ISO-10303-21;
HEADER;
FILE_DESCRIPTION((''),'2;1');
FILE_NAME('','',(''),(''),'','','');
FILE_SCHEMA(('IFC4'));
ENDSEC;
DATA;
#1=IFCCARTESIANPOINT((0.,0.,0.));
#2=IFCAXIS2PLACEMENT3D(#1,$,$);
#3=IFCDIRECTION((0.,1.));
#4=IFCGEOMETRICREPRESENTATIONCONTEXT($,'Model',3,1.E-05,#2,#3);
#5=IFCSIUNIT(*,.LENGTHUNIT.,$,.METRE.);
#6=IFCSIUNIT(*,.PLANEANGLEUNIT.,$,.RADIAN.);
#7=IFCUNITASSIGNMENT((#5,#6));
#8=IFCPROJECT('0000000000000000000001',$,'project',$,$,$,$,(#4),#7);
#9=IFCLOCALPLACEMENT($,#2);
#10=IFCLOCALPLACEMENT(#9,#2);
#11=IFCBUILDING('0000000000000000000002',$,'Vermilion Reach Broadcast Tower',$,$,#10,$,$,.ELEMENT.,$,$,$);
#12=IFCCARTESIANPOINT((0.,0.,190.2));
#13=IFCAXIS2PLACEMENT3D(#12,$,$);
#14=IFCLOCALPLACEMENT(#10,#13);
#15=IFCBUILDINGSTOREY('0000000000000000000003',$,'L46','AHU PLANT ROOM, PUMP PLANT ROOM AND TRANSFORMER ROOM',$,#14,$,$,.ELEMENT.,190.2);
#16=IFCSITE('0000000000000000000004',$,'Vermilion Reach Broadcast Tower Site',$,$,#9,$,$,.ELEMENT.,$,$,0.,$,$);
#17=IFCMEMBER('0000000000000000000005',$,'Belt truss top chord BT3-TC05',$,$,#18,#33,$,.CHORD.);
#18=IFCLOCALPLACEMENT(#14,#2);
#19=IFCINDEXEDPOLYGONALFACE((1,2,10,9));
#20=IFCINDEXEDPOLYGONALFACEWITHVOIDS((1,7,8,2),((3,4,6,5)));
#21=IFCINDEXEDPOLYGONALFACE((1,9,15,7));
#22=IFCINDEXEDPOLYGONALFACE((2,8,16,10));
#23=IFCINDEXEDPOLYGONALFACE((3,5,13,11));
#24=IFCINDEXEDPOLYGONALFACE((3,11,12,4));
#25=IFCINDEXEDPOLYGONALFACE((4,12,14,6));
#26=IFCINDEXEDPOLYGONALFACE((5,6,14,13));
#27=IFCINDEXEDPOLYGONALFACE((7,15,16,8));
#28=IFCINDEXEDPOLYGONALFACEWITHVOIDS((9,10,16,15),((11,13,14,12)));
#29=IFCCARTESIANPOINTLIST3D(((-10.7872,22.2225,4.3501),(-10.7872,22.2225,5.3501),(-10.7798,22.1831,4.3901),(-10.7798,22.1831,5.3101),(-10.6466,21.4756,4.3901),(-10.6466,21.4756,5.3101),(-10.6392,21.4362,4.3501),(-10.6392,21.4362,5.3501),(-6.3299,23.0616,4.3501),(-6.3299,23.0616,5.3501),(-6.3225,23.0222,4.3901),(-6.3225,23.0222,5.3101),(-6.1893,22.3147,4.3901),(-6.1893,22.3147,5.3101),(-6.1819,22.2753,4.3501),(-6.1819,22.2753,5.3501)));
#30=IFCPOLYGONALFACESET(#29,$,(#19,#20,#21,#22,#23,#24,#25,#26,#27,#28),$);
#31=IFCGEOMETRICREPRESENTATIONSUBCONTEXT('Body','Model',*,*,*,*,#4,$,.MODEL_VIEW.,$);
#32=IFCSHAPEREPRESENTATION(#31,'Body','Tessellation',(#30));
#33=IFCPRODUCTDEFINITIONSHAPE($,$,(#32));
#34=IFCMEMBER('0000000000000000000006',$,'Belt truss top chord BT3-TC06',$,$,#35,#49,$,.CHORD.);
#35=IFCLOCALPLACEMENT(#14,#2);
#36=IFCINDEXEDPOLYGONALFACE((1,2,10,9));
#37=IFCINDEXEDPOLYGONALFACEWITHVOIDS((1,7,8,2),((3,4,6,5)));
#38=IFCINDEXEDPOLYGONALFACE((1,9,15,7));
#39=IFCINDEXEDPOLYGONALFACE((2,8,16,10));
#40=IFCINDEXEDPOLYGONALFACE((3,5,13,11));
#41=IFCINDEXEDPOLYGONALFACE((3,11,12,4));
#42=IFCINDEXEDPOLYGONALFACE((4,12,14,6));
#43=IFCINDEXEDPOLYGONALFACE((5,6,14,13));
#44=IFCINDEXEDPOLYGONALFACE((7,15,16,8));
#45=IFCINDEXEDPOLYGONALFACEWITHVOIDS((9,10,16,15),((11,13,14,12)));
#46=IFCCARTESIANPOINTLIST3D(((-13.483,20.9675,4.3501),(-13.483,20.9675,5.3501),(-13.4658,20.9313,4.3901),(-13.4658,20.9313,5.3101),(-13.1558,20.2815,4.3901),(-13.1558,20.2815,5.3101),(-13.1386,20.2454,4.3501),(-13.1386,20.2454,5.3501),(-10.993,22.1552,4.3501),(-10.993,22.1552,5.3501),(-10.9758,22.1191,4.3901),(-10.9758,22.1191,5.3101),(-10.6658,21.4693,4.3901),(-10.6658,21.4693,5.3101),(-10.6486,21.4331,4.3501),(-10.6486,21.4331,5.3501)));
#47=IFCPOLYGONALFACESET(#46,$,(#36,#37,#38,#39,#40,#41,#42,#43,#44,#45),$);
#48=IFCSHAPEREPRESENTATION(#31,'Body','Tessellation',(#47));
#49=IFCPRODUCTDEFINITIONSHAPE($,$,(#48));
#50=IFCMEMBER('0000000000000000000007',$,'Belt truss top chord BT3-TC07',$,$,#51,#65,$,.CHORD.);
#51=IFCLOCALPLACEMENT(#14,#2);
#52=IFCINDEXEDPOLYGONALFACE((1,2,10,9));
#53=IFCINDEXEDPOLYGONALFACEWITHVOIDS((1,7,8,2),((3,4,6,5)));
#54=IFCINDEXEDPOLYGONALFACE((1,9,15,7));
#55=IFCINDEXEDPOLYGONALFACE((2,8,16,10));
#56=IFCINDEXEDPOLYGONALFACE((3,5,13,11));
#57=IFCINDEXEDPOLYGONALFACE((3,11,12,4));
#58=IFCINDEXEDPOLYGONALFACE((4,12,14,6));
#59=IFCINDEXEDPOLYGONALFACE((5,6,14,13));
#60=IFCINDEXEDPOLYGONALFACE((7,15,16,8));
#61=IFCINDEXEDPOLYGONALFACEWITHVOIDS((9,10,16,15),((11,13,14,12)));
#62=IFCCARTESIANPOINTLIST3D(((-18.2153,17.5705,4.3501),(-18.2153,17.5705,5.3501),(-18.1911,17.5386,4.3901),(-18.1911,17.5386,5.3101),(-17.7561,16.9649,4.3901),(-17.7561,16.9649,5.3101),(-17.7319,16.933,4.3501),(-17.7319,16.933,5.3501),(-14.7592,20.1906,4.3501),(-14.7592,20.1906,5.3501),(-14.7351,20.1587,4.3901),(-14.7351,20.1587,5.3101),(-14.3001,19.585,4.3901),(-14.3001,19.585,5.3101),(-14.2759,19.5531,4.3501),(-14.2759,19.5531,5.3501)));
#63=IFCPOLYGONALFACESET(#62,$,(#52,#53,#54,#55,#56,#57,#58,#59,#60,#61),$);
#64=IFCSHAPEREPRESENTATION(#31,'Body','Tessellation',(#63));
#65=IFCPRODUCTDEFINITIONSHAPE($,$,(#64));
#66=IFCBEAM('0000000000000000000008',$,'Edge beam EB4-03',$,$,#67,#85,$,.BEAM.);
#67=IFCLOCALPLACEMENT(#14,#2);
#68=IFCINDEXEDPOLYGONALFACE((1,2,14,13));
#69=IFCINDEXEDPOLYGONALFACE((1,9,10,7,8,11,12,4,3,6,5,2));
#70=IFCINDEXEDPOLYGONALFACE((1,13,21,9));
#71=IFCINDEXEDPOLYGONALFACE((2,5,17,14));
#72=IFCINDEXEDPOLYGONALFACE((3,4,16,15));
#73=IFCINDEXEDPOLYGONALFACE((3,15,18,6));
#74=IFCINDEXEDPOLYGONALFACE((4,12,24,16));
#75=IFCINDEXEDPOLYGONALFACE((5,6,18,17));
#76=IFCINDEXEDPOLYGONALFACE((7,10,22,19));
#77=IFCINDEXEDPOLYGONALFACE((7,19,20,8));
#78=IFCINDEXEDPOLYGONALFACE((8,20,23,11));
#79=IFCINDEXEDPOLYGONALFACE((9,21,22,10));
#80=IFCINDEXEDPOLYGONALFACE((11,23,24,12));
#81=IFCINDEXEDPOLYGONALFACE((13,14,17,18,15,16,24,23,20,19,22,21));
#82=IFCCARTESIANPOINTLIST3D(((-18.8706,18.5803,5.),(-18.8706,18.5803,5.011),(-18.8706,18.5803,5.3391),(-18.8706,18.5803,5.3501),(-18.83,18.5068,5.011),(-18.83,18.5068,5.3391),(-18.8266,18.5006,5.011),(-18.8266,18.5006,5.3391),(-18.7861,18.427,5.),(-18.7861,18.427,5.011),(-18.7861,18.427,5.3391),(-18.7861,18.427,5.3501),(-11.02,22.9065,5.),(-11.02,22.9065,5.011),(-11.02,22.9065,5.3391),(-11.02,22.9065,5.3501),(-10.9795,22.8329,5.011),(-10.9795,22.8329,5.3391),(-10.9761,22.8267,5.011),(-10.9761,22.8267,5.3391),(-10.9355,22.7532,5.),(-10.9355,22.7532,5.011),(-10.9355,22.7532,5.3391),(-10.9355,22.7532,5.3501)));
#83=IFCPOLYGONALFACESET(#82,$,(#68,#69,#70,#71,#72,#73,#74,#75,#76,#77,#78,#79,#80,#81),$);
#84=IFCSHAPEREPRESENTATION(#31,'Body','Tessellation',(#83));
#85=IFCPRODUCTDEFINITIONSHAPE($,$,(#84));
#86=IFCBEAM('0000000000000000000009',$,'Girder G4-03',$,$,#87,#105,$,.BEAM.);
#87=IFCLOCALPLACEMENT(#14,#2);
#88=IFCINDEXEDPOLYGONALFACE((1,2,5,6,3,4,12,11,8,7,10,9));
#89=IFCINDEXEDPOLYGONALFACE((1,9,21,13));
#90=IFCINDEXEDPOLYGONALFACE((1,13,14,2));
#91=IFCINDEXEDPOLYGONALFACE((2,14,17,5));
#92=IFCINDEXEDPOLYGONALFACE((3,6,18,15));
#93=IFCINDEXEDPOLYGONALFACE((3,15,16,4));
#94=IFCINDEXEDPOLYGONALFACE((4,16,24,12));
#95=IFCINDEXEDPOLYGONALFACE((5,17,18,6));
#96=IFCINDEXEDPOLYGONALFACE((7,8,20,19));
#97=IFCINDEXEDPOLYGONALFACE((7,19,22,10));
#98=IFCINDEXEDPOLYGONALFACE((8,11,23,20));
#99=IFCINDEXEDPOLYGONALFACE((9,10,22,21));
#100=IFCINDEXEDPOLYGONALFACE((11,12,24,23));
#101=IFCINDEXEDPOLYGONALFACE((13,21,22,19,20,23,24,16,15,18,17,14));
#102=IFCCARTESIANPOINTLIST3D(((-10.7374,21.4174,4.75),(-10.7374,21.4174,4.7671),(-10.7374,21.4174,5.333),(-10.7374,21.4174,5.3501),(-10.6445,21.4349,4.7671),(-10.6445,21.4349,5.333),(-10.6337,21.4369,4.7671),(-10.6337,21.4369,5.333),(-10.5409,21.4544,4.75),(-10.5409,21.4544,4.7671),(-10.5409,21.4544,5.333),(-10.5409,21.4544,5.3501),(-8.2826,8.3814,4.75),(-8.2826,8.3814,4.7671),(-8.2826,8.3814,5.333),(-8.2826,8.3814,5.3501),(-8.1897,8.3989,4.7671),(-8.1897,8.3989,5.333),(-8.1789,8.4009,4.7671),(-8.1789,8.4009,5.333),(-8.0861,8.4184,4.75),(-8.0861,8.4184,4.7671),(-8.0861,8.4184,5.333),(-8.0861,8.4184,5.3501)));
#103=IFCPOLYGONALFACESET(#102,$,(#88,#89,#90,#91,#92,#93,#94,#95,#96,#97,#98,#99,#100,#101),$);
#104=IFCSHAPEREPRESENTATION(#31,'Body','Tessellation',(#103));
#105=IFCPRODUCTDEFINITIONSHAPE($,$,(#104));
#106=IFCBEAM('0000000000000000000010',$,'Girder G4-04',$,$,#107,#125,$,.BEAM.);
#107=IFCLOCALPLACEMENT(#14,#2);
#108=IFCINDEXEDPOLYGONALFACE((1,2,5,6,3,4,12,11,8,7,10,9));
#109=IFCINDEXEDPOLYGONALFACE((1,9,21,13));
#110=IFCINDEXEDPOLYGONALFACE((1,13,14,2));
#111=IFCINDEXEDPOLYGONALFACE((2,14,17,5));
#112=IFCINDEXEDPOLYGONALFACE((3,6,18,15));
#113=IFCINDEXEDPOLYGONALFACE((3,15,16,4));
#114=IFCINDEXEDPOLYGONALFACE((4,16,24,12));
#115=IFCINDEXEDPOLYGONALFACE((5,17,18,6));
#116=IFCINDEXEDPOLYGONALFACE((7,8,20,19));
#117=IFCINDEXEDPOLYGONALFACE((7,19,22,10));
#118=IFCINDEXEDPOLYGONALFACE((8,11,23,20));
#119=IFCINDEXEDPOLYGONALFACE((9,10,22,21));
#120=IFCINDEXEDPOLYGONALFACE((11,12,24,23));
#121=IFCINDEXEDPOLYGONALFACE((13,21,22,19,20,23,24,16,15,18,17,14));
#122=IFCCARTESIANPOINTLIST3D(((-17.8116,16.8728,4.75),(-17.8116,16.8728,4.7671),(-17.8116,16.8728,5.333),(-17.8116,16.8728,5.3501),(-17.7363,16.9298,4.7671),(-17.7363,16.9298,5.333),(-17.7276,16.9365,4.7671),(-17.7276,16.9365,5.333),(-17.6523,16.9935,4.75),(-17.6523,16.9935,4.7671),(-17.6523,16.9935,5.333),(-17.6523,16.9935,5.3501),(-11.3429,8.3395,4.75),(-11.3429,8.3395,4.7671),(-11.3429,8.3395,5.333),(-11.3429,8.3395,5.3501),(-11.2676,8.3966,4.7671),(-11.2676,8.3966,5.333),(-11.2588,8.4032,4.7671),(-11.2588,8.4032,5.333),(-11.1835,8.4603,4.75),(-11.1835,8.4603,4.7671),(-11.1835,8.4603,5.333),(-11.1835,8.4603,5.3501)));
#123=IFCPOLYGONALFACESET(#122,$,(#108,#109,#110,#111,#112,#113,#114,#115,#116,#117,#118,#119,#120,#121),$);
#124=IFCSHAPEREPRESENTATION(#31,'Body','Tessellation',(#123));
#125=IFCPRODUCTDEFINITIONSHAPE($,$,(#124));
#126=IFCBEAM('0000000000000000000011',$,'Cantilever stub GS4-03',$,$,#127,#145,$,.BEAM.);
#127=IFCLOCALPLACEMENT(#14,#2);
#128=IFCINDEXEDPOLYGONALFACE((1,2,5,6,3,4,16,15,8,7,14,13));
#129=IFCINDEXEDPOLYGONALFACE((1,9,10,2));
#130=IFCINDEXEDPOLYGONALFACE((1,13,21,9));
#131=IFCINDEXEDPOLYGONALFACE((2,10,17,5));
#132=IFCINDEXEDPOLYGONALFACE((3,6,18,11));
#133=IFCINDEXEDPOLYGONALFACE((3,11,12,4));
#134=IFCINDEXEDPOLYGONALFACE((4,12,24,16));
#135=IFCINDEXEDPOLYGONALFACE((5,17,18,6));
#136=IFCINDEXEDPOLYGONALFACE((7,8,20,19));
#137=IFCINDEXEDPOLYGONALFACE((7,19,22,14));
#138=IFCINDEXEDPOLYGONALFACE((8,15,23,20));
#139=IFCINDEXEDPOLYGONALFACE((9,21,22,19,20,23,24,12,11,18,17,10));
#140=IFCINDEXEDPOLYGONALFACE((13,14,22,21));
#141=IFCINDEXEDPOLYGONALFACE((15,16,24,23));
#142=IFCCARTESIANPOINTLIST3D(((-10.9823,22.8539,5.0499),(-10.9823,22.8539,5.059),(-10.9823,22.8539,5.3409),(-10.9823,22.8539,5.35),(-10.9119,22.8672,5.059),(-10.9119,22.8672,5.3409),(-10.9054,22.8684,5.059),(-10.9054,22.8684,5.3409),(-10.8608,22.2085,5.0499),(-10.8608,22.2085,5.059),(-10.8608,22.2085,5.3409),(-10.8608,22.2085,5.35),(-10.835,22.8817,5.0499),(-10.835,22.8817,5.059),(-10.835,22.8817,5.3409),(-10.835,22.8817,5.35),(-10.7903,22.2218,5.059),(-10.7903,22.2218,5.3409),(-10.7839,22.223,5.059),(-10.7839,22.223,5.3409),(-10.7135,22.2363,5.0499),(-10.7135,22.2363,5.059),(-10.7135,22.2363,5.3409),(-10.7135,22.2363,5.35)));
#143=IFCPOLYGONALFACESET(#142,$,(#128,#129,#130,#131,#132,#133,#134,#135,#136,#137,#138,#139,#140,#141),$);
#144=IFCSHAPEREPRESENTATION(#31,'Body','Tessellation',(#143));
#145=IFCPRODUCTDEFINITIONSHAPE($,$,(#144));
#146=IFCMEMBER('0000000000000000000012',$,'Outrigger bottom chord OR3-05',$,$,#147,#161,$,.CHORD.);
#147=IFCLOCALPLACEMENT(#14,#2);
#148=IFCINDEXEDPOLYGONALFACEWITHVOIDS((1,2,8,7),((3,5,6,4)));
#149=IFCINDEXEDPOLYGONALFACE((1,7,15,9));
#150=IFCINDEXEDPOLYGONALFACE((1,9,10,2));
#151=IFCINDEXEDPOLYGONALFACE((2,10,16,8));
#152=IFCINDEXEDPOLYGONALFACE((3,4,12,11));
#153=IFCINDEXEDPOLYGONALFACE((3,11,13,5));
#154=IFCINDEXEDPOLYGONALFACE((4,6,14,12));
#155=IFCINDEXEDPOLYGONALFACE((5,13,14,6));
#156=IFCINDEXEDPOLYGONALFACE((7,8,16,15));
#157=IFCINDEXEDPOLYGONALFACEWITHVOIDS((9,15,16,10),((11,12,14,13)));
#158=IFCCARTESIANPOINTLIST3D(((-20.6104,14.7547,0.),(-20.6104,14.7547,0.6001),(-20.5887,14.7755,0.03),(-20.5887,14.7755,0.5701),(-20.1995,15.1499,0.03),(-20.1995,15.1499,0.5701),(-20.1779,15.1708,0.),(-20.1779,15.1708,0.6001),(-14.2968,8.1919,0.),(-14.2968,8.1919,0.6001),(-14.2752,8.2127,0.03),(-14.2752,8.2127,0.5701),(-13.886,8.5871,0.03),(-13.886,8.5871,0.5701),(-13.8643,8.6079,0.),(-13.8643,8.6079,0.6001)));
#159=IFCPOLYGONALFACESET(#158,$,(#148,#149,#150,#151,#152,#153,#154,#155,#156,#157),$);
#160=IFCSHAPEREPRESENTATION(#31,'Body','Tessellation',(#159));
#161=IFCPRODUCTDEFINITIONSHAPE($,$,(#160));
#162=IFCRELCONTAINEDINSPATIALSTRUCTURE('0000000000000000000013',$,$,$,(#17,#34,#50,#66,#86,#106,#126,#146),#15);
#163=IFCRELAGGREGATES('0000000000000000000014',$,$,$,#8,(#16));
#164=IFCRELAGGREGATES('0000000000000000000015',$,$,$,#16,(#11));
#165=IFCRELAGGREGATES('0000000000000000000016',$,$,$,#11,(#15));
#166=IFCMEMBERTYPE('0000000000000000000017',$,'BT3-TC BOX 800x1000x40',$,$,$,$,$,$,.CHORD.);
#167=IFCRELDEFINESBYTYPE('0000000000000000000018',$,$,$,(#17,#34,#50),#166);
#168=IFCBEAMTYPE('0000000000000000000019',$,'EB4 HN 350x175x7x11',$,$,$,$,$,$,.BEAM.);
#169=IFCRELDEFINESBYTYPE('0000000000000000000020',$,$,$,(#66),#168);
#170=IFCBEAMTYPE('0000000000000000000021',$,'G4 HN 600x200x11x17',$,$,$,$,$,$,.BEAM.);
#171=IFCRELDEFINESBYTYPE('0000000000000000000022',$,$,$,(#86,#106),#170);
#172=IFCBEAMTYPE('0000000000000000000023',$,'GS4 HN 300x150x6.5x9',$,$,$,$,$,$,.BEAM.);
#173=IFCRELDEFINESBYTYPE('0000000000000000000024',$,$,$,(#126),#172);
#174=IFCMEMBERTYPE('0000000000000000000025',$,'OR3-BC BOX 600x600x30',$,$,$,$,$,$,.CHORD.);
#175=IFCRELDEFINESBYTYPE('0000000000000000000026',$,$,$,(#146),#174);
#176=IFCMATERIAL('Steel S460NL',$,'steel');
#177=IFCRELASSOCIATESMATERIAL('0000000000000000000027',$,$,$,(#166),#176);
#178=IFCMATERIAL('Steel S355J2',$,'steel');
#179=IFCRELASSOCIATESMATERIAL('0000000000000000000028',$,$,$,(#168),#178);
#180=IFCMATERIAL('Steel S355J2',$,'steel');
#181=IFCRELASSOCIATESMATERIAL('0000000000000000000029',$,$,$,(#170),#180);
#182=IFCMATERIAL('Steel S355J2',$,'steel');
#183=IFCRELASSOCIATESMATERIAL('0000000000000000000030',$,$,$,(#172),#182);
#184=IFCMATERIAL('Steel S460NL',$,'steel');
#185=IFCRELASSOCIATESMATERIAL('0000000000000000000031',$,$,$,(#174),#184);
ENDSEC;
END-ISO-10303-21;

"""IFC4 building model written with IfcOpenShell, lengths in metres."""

from ifc_helpers import new_model, si_unit, direction, frame, origin, origin_2d, place, context, subcontext, project, spatial, hollow_rectangle, i_section, extrude, material, material_profile, profile_set, type_object, element, save


model = new_model("IFC4")

# Units and contexts
model_context = context("Model", 3, precision=1e-05, world=origin(), true_north=direction((0.0, 1.0)))
body_context = subcontext(model_context, "Body", "Model", "MODEL_VIEW")
ifc_project = project(units=[si_unit("LENGTHUNIT", "METRE"), si_unit("PLANEANGLEUNIT", "RADIAN")], contexts=[model_context])

# Site, building, storey
site_placement = place(None, origin())
site = spatial("IfcSite", under=ifc_project, at=site_placement, Name="Vermilion Reach Broadcast Tower Site", CompositionType="ELEMENT", RefElevation=0.0)
building_placement = place(site_placement, origin())
building = spatial("IfcBuilding", under=site, at=building_placement, Name="Vermilion Reach Broadcast Tower", CompositionType="ELEMENT")
storey_placement = place(building_placement, frame((0.0, 0.0, 190.2)))
storey = spatial("IfcBuildingStorey", under=building, at=storey_placement, Name="L46", Description="AHU PLANT ROOM, PUMP PLANT ROOM AND TRANSFORMER ROOM", CompositionType="ELEMENT", Elevation=190.2)

# Members
ifc_material_1 = material(Name="Steel S460NL", Category="steel")
ifc_material_profile_1 = material_profile(ifc_material_1, hollow_rectangle(XDim=0.8, YDim=1.0, WallThickness=0.04, at=origin_2d()), Name="S460NL BOX 800x1000x40")
ifc_profile_set_1 = profile_set([ifc_material_profile_1], Name="Steel S460NL")
member_type_1 = type_object("IfcMemberType", Name="BT3-TC BOX 800x1000x40", PredefinedType="CHORD", material=ifc_profile_set_1)
member_1_placement = place(storey_placement, frame((-6.2559, 22.6685, 4.8501), z_axis=(-0.982737, -0.185007, 0.0), x_axis=(0.185007, -0.982737, 0.0)))
element("IfcMember", 1, at=member_1_placement, inside=storey, type_object=member_type_1, Name="Belt truss top chord BT3-TC05", PredefinedType="CHORD", context=body_context, shape_type="SweptSolid", body=[
    extrude(hollow_rectangle(XDim=0.8, YDim=1.0, WallThickness=0.04, at=origin_2d()), origin(), (0.0, 0.0, 1.0), 4.5356),
])
member_2_placement = place(storey_placement, frame((-10.8208, 21.7942, 4.8501), z_axis=(-0.902574, -0.430535, 0.0), x_axis=(0.430535, -0.902574, 0.0)))
element("IfcMember", 2, at=member_2_placement, inside=storey, type_object=member_type_1, Name="Belt truss top chord BT3-TC06", PredefinedType="CHORD", context=body_context, shape_type="SweptSolid", body=[
    extrude(hollow_rectangle(XDim=0.8, YDim=1.0, WallThickness=0.04, at=origin_2d()), origin(), (0.0, 0.0, 1.0), 2.7588),
])
member_3_placement = place(storey_placement, frame((-14.5176, 19.8718, 4.8501), z_axis=(-0.796882, -0.604135, 0.0), x_axis=(0.604135, -0.796882, 0.0)))
element("IfcMember", 3, at=member_3_placement, inside=storey, type_object=member_type_1, Name="Belt truss top chord BT3-TC07", PredefinedType="CHORD", context=body_context, shape_type="SweptSolid", body=[
    extrude(hollow_rectangle(XDim=0.8, YDim=1.0, WallThickness=0.04, at=origin_2d()), origin(), (0.0, 0.0, 1.0), 4.3369),
])

# Beams
ifc_material_2 = material(Name="Steel S355J2", Category="steel")
ifc_material_profile_2 = material_profile(ifc_material_2, i_section(OverallWidth=0.175, OverallDepth=0.3501, WebThickness=0.0071, FlangeThickness=0.011, at=origin_2d()), Name="S355J2 HN 350x175x7x11")
ifc_profile_set_2 = profile_set([ifc_material_profile_2], Name="Steel S355J2")
beam_type_1 = type_object("IfcBeamType", Name="EB4 HN 350x175x7x11", PredefinedType="BEAM", material=ifc_profile_set_2)
beam_1_placement = place(storey_placement, frame((-10.9778, 22.8298, 5.175), z_axis=(-0.875822, -0.482634, 0.0), x_axis=(0.482634, -0.875822, 0.0)))
element("IfcBeam", 4, at=beam_1_placement, inside=storey, type_object=beam_type_1, Name="Edge beam EB4-03", PredefinedType="BEAM", context=body_context, shape_type="SweptSolid", body=[
    extrude(i_section(OverallWidth=0.175, OverallDepth=0.3501, WebThickness=0.0071, FlangeThickness=0.011, at=origin_2d()), origin(), (0.0, 0.0, 1.0), 8.9636),
])
ifc_material_3 = material(Name="Steel S355J2", Category="steel")
ifc_material_profile_3 = material_profile(ifc_material_3, i_section(OverallWidth=0.2, OverallDepth=0.6001, WebThickness=0.011, FlangeThickness=0.0171, at=origin_2d()), Name="S355J2 HN 600x200x11x17")
ifc_profile_set_3 = profile_set([ifc_material_profile_3], Name="Steel S355J2")
beam_type_2 = type_object("IfcBeamType", Name="G4 HN 600x200x11x17", PredefinedType="BEAM", material=ifc_profile_set_3)
beam_2_placement = place(storey_placement, frame((-8.1843, 8.3999, 5.05), z_axis=(-0.185057, 0.982728, 0.0), x_axis=(-0.982728, -0.185057, 0.0)))
element("IfcBeam", 5, at=beam_2_placement, inside=storey, type_object=beam_type_2, Name="Girder G4-03", PredefinedType="BEAM", context=body_context, shape_type="SweptSolid", body=[
    extrude(i_section(OverallWidth=0.2, OverallDepth=0.6001, WebThickness=0.011, FlangeThickness=0.0171, at=origin_2d()), origin(), (0.0, 0.0, 1.0), 13.2651),
])
beam_3_placement = place(storey_placement, frame((-11.2632, 8.3999, 5.05), z_axis=(-0.604107, 0.796903, 0.0), x_axis=(-0.796903, -0.604107, 0.0)))
element("IfcBeam", 6, at=beam_3_placement, inside=storey, type_object=beam_type_2, Name="Girder G4-04", PredefinedType="BEAM", context=body_context, shape_type="SweptSolid", body=[
    extrude(i_section(OverallWidth=0.2, OverallDepth=0.6001, WebThickness=0.011, FlangeThickness=0.0171, at=origin_2d()), origin(), (0.0, 0.0, 1.0), 10.708),
])
ifc_material_4 = material(Name="Steel S355J2", Category="steel")
ifc_material_profile_4 = material_profile(ifc_material_4, i_section(OverallWidth=0.1499, OverallDepth=0.3, WebThickness=0.0066, FlangeThickness=0.009, at=origin_2d()), Name="S355J2 HN 300x150x6.5x9")
ifc_profile_set_4 = profile_set([ifc_material_profile_4], Name="Steel S355J2")
beam_type_3 = type_object("IfcBeamType", Name="GS4 HN 300x150x6.5x9", PredefinedType="BEAM", material=ifc_profile_set_4)
beam_4_placement = place(storey_placement, frame((-10.7871, 22.2224, 5.2), z_axis=(-0.185096, 0.98272, 0.0), x_axis=(-0.98272, -0.185096, 0.0)))
element("IfcBeam", 7, at=beam_4_placement, inside=storey, type_object=beam_type_3, Name="Cantilever stub GS4-03", PredefinedType="BEAM", context=body_context, shape_type="SweptSolid", body=[
    extrude(i_section(OverallWidth=0.1499, OverallDepth=0.3, WebThickness=0.0066, FlangeThickness=0.009, at=origin_2d()), origin(), (0.0, 0.0, 1.0), 0.6567),
])

# Member
ifc_material_5 = material(Name="Steel S460NL", Category="steel")
ifc_material_profile_5 = material_profile(ifc_material_5, hollow_rectangle(XDim=0.6001, YDim=0.6001, WallThickness=0.03, at=origin_2d()), Name="S460NL BOX 600x600x30")
ifc_profile_set_5 = profile_set([ifc_material_profile_5], Name="Steel S460NL")
member_type_2 = type_object("IfcMemberType", Name="OR3-BC BOX 600x600x30", PredefinedType="CHORD", material=ifc_profile_set_5)
member_4_placement = place(storey_placement, frame((-14.0806, 8.3999, 0.3), z_axis=(-0.693288, 0.72066, 0.0), x_axis=(-0.72066, -0.693288, 0.0)))
element("IfcMember", 8, at=member_4_placement, inside=storey, type_object=member_type_2, Name="Outrigger bottom chord OR3-05", PredefinedType="CHORD", context=body_context, shape_type="SweptSolid", body=[
    extrude(hollow_rectangle(XDim=0.6001, YDim=0.6001, WallThickness=0.03, at=origin_2d()), origin(), (0.0, 0.0, 1.0), 9.1067),
])

save(model, "model.ifc")
